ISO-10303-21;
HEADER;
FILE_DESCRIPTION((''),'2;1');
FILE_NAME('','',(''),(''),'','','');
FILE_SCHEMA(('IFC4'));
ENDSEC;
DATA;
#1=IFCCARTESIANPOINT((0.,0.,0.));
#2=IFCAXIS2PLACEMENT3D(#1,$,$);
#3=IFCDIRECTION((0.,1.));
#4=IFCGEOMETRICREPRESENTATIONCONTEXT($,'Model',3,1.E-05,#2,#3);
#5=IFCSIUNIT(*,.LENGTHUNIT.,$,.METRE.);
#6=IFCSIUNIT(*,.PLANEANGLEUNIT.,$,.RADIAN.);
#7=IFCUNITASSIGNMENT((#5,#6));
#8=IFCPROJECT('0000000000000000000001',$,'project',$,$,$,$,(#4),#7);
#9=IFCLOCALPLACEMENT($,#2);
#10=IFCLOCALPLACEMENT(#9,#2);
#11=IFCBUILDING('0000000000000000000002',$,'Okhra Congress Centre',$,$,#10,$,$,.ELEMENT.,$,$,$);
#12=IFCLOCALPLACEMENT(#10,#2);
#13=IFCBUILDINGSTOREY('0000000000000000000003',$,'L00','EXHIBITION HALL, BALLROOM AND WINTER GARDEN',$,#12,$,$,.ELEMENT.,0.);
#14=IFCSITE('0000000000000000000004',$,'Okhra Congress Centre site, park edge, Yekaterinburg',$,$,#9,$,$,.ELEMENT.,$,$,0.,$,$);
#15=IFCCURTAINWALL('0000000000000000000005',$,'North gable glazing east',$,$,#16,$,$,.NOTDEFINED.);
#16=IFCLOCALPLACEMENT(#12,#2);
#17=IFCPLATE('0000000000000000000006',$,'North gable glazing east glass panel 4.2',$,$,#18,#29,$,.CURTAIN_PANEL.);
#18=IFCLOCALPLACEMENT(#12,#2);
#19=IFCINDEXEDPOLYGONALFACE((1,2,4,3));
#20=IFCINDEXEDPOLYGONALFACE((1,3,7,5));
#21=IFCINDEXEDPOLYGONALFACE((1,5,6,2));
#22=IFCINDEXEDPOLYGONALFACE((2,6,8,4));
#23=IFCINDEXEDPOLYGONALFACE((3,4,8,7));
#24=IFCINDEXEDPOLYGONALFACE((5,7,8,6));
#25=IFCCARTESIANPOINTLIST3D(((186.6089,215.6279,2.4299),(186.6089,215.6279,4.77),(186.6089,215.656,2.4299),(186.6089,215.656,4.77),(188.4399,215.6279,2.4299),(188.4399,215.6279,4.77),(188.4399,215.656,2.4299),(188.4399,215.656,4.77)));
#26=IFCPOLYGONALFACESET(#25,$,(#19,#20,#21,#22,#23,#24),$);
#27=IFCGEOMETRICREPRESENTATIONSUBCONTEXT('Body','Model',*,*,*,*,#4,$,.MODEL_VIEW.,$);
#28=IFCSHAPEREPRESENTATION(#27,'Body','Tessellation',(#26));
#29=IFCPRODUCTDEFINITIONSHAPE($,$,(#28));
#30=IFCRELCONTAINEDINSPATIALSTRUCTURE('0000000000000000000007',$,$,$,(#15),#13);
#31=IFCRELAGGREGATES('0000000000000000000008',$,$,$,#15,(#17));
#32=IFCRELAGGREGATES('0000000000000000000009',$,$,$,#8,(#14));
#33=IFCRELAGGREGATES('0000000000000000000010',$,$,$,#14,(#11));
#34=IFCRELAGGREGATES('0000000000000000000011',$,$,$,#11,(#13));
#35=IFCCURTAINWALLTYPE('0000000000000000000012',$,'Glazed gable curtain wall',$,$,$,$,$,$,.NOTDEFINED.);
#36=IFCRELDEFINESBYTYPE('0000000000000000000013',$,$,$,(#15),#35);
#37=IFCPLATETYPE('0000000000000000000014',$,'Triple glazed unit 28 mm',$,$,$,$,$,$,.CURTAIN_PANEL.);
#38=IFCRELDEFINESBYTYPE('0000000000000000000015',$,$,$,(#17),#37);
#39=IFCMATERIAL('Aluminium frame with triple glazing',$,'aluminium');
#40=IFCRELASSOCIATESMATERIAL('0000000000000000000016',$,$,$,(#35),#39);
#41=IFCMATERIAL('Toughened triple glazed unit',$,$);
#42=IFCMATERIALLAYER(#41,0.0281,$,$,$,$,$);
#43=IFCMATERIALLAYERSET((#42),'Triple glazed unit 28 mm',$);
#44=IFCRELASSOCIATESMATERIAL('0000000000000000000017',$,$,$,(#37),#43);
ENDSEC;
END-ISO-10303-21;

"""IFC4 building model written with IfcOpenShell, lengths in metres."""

from ifc_helpers import new_model, si_unit, direction, frame, origin, place, context, subcontext, project, spatial, polyline, outline, extrude, material, layer, layer_set, type_object, element, aggregate, save


model = new_model("IFC4")

# Units and contexts
model_context = context("Model", 3, precision=1e-05, world=origin(), true_north=direction((0.0, 1.0)))
body_context = subcontext(model_context, "Body", "Model", "MODEL_VIEW")
ifc_project = project(units=[si_unit("LENGTHUNIT", "METRE"), si_unit("PLANEANGLEUNIT", "RADIAN")], contexts=[model_context])

# Site, building, storey
site_placement = place(None, origin())
site = spatial("IfcSite", under=ifc_project, at=site_placement, Name="Okhra Congress Centre site, park edge, Yekaterinburg", CompositionType="ELEMENT", RefElevation=0.0)
building_placement = place(site_placement, origin())
building = spatial("IfcBuilding", under=site, at=building_placement, Name="Okhra Congress Centre", CompositionType="ELEMENT")
storey_placement = place(building_placement, origin())
storey = spatial("IfcBuildingStorey", under=building, at=storey_placement, Name="L00", Description="EXHIBITION HALL, BALLROOM AND WINTER GARDEN", CompositionType="ELEMENT", Elevation=0.0)

# Curtain wall
ifc_material_1 = material(Name="Aluminium frame with triple glazing", Category="aluminium")
curtain_wall_type_1 = type_object("IfcCurtainWallType", Name="Glazed gable curtain wall", PredefinedType="NOTDEFINED", material=ifc_material_1)
curtain_wall_1_placement = place(storey_placement, origin())
curtain_wall_1 = element("IfcCurtainWall", 1, at=curtain_wall_1_placement, inside=storey, type_object=curtain_wall_type_1, Name="North gable glazing east", PredefinedType="NOTDEFINED")

# Plate
ifc_material_2 = material(Name="Toughened triple glazed unit")
ifc_layer_1 = layer(ifc_material_2, 0.0281)
ifc_layer_set_1 = layer_set([ifc_layer_1], Name="Triple glazed unit 28 mm")
plate_type = type_object("IfcPlateType", Name="Triple glazed unit 28 mm", PredefinedType="CURTAIN_PANEL", material=ifc_layer_set_1)
plate_1_placement = place(storey_placement, frame((188.4399, 215.656, 2.4299), z_axis=(0.0, 1.0, 0.0), x_axis=(-1.0, 0.0, 0.0)))
plate_1 = element("IfcPlate", 2, at=plate_1_placement, type_object=plate_type, Name="North gable glazing east glass panel 4.2", PredefinedType="CURTAIN_PANEL", context=body_context, shape_type="SweptSolid", body=[
    extrude(outline(polyline([(0.0, 0.0), (1.8311, 0.0), (1.8311, 2.3401), (0.0, 2.3401), (0.0, 0.0)])), origin(), (0.0, 0.0, -1.0), 0.0281),
])
aggregate(curtain_wall_1, [plate_1])

save(model, "model.ifc")
